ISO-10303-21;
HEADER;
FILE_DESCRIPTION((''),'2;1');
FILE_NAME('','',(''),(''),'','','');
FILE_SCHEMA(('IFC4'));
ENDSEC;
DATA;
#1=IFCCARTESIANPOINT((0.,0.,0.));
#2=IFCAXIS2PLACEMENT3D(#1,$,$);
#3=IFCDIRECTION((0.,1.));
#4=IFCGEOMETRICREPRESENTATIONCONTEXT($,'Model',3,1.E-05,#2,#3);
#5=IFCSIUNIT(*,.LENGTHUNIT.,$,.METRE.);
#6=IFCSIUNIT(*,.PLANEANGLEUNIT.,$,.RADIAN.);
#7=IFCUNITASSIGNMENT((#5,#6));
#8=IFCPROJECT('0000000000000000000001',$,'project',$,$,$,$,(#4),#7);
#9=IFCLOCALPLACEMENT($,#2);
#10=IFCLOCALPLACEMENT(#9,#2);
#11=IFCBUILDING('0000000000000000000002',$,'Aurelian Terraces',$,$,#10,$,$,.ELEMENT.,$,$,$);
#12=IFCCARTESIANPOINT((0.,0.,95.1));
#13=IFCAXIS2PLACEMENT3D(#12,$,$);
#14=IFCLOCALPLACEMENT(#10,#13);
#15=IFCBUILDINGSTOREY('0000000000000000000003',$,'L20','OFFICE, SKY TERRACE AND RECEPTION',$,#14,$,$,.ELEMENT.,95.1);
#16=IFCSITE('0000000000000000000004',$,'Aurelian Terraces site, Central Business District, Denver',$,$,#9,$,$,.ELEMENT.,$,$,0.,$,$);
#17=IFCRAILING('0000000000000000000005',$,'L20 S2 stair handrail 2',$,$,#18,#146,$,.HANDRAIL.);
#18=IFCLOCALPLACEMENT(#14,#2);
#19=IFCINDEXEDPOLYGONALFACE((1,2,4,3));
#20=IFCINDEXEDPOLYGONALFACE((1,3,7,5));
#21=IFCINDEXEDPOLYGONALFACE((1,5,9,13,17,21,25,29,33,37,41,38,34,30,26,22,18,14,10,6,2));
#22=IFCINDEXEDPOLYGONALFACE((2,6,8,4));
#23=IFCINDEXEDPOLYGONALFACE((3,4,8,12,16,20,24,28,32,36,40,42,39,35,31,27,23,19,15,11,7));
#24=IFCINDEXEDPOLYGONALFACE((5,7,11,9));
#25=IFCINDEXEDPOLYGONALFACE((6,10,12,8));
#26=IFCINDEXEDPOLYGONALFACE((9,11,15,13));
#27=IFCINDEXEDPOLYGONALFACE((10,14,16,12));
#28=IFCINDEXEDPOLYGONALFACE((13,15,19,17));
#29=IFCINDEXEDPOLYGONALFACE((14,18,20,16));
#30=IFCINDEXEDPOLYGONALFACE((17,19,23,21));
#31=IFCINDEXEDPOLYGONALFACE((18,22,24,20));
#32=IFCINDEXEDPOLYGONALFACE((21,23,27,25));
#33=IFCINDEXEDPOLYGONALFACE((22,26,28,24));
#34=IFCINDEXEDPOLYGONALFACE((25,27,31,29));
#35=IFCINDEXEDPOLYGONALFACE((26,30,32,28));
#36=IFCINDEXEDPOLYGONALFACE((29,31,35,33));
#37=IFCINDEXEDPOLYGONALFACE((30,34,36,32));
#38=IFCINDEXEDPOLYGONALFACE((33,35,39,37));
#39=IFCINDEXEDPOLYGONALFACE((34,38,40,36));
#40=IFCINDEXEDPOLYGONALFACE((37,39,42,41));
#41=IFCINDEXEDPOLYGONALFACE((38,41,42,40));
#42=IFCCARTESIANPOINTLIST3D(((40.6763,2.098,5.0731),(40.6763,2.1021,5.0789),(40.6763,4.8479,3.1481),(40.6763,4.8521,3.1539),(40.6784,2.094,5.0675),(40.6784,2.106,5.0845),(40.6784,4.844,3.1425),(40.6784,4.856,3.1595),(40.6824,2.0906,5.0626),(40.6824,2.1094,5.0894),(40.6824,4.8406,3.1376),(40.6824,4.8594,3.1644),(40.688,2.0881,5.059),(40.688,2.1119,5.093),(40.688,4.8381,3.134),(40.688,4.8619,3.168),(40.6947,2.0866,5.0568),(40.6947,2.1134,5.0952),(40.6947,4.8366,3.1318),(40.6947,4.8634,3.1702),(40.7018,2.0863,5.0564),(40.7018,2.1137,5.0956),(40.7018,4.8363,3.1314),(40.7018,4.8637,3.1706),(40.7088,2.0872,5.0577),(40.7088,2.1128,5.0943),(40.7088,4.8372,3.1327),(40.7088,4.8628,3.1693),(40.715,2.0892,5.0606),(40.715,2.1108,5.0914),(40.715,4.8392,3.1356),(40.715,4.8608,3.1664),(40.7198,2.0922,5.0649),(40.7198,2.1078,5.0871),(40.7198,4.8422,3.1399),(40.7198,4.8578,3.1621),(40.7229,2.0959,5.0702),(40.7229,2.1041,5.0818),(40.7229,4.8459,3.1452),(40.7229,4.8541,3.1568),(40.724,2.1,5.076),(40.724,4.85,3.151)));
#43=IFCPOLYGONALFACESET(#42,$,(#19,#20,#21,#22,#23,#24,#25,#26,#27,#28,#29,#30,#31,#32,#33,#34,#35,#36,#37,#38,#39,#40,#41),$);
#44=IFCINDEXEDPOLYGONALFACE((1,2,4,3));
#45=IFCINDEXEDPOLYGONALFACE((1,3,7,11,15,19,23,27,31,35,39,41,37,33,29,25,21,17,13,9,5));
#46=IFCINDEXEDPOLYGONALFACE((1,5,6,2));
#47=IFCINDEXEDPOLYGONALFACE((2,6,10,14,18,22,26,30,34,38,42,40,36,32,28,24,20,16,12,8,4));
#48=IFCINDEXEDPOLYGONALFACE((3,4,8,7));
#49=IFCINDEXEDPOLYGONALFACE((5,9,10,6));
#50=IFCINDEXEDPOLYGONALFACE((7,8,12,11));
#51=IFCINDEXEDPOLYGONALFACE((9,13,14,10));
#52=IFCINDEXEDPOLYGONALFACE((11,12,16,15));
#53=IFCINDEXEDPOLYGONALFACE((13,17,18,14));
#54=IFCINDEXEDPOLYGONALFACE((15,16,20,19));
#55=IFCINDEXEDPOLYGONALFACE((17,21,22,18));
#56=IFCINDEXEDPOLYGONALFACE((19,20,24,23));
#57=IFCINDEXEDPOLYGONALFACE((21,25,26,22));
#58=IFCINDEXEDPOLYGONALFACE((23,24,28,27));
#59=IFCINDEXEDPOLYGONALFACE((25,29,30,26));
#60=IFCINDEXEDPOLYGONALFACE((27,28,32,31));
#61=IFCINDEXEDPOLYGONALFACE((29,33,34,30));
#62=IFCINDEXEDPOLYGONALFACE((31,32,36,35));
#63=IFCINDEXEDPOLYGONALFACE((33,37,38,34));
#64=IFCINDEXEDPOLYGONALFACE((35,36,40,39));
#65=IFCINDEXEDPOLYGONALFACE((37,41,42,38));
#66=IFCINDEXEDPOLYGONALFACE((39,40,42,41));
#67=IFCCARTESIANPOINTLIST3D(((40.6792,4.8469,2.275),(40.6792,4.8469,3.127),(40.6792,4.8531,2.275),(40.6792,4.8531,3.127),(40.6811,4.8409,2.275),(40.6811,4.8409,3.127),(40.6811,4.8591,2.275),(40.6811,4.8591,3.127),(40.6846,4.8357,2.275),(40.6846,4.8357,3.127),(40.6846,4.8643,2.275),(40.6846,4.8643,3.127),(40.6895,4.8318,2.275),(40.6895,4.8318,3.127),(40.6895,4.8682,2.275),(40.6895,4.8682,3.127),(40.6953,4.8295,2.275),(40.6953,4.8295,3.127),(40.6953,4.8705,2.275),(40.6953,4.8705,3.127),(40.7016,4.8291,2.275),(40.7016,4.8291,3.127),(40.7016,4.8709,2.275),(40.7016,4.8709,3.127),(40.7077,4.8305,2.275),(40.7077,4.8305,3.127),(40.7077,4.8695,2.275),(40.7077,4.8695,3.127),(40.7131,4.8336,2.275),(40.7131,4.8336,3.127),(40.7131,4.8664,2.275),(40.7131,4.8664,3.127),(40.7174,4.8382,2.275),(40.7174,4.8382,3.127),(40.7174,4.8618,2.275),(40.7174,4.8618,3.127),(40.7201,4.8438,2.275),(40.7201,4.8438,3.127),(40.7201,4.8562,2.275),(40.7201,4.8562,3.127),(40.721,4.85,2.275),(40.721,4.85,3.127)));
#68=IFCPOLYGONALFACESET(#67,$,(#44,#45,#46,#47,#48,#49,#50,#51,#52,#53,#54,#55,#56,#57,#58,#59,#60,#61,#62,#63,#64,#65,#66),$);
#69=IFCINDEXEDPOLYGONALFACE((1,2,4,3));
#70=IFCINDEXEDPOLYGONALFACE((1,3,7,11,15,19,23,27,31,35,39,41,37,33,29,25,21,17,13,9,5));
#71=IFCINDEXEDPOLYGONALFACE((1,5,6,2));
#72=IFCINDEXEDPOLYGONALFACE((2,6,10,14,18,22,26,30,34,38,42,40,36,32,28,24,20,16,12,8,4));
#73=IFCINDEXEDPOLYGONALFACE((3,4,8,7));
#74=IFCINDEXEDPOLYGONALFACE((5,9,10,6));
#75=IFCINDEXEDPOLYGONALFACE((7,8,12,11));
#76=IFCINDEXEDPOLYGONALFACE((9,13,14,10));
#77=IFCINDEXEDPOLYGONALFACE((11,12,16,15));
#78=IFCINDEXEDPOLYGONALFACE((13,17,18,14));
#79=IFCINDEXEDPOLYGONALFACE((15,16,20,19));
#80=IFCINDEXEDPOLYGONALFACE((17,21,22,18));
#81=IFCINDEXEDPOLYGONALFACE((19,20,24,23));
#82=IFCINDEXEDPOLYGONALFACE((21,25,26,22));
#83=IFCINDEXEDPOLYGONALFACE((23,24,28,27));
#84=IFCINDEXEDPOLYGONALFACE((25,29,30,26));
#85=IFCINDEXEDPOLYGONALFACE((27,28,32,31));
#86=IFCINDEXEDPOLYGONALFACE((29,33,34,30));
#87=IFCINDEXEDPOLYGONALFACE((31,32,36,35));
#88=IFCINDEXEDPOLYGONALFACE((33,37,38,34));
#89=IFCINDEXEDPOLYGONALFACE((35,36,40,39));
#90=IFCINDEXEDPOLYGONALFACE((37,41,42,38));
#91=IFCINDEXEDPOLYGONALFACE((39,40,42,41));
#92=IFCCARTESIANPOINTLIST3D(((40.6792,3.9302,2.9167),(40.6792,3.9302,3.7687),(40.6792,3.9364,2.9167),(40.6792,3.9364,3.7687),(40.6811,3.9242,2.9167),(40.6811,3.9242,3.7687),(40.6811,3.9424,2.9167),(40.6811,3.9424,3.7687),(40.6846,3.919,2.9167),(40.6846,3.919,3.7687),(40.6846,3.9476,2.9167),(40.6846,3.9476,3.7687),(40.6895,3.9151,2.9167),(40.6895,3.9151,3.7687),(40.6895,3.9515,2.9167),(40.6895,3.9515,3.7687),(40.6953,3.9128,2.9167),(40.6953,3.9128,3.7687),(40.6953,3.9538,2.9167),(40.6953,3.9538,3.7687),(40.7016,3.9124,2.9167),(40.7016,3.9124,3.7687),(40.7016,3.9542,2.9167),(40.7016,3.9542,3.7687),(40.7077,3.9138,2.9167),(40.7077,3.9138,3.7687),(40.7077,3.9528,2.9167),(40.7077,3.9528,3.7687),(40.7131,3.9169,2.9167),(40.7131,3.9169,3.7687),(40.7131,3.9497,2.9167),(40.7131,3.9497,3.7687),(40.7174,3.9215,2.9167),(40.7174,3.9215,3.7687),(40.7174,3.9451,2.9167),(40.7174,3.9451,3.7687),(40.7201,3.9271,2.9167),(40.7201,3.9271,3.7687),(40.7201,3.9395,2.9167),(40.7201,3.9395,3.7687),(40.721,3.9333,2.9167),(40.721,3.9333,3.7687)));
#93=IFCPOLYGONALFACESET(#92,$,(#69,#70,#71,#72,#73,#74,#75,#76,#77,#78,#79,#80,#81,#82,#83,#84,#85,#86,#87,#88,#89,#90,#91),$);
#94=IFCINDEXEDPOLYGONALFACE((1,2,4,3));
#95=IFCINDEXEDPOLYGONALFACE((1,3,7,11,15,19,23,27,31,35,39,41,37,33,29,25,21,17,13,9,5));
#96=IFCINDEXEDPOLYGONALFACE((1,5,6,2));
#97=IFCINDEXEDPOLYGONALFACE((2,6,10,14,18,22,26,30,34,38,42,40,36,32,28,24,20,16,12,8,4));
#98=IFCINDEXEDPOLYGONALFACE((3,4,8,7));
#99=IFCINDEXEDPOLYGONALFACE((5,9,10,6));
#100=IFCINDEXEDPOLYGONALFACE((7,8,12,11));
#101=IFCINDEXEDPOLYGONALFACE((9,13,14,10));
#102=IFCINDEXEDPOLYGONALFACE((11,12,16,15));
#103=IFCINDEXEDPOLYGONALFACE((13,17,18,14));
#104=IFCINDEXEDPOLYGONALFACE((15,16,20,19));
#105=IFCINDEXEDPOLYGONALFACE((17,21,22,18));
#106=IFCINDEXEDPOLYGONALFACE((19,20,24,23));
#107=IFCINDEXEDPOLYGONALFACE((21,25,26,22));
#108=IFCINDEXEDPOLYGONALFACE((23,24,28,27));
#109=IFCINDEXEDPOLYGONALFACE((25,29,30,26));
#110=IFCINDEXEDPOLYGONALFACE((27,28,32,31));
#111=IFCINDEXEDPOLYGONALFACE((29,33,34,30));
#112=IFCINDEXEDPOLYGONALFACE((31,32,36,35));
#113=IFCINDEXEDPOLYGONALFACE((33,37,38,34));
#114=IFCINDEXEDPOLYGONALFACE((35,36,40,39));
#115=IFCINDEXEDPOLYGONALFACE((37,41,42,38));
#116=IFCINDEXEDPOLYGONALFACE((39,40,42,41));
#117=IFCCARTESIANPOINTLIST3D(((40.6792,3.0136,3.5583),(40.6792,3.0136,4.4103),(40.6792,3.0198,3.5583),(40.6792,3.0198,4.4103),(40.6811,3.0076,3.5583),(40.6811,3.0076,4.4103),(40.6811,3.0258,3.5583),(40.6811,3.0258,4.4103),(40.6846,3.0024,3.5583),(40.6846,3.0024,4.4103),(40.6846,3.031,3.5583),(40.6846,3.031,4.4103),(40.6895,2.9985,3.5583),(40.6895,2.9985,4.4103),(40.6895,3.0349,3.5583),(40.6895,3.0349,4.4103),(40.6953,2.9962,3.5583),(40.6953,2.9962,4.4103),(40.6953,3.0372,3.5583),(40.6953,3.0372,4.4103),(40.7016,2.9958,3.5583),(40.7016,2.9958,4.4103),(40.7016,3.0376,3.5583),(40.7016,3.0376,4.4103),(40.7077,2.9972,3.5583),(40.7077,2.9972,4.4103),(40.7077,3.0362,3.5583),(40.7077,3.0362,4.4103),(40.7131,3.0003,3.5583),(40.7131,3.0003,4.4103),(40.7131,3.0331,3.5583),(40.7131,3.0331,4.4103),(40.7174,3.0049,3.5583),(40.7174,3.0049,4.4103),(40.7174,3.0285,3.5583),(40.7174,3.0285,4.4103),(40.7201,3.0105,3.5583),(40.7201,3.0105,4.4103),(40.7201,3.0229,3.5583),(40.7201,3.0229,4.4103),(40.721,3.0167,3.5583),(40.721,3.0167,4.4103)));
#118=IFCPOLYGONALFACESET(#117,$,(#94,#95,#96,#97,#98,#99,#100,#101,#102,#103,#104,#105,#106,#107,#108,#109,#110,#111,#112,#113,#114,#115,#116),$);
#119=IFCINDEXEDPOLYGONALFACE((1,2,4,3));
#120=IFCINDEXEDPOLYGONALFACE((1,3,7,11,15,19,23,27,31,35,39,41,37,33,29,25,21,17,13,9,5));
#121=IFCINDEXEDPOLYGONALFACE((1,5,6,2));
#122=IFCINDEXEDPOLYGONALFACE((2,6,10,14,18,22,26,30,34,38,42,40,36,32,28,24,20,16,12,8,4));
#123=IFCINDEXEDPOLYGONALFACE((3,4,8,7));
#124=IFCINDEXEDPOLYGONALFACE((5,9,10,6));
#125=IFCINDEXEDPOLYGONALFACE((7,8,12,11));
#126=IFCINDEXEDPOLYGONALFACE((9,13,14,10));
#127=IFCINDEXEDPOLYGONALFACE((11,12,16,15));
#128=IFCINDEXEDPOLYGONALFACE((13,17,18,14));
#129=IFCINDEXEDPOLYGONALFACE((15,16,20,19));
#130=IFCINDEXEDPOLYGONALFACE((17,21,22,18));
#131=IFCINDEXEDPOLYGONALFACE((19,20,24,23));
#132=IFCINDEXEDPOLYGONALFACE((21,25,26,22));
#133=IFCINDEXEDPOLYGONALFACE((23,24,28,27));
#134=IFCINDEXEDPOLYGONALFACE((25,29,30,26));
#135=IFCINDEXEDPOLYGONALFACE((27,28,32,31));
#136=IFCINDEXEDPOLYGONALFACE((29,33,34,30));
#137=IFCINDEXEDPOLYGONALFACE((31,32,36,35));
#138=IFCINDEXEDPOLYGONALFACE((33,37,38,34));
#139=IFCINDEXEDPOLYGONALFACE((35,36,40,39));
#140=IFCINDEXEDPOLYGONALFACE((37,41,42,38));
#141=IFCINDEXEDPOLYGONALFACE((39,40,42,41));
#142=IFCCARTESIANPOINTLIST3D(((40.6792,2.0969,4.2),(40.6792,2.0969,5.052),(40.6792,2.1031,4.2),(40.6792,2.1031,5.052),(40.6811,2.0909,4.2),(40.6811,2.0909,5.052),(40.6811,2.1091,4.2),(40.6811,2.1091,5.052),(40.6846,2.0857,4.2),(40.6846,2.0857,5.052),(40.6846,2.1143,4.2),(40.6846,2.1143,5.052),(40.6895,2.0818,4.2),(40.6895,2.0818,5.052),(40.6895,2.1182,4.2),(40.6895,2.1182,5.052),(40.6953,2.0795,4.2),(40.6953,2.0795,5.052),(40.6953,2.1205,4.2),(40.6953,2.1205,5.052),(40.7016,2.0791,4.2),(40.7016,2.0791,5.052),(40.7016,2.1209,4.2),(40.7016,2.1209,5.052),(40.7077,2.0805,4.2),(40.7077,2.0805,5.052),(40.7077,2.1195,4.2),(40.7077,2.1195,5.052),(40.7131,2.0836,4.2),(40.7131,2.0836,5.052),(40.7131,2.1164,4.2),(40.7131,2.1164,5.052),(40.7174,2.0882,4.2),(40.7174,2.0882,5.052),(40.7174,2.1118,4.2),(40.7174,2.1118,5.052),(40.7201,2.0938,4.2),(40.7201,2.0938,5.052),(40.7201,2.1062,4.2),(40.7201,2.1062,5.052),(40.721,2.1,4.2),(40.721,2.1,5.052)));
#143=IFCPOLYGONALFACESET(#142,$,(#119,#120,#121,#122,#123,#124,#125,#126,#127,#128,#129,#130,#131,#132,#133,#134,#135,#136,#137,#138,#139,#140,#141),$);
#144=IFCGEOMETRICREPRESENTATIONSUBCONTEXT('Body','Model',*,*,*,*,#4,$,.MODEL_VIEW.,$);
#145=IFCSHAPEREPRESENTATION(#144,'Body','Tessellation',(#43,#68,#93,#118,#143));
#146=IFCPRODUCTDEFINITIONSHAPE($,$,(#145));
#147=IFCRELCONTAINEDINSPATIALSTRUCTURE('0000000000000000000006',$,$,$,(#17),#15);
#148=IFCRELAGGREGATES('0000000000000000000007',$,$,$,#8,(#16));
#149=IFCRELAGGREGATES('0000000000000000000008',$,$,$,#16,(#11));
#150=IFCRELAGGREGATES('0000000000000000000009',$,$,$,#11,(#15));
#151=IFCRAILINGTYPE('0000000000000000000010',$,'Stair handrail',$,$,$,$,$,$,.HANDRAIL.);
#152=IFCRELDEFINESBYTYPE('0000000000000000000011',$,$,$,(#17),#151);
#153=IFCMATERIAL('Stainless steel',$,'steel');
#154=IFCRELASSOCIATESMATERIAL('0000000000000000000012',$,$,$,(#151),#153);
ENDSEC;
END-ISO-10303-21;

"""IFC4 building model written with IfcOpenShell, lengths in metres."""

from ifc_helpers import new_model, si_unit, direction, frame, origin, origin_2d, place, context, subcontext, project, spatial, circle, extrude, source, transform, mapped, material, type_object, element, save


model = new_model("IFC4")

# Units and contexts
model_context = context("Model", 3, precision=1e-05, world=origin(), true_north=direction((0.0, 1.0)))
body_context = subcontext(model_context, "Body", "Model", "MODEL_VIEW")
ifc_project = project(units=[si_unit("LENGTHUNIT", "METRE"), si_unit("PLANEANGLEUNIT", "RADIAN")], contexts=[model_context])

# Site, building, storey
site_placement = place(None, origin())
site = spatial("IfcSite", under=ifc_project, at=site_placement, Name="Aurelian Terraces site, Central Business District, Denver", CompositionType="ELEMENT", RefElevation=0.0)
building_placement = place(site_placement, origin())
building = spatial("IfcBuilding", under=site, at=building_placement, Name="Aurelian Terraces", CompositionType="ELEMENT")
storey_placement = place(building_placement, frame((0.0, 0.0, 95.1)))
storey = spatial("IfcBuildingStorey", under=building, at=storey_placement, Name="L20", Description="OFFICE, SKY TERRACE AND RECEPTION", CompositionType="ELEMENT", Elevation=95.1)

# Railing
ifc_material_1 = material(Name="Stainless steel", Category="steel")
railing_type_1 = type_object("IfcRailingType", Name="Stair handrail", PredefinedType="HANDRAIL", material=ifc_material_1)
shared_shape_1 = source(origin(), body_context, "Body", "SweptSolid", [
    extrude(circle(Radius=0.024, at=origin_2d()), frame((0.0, 0.0, 0.876), z_axis=(0.0, -0.819232, 0.573462), x_axis=(1.0, 0.0, 0.0)), (0.0, 0.0, 1.0), 3.3568),
    extrude(circle(Radius=0.021, at=origin_2d()), origin(), (0.0, 0.0, 1.0), 0.852),
    extrude(circle(Radius=0.021, at=origin_2d()), frame((0.0, -0.9167, 0.6417)), (0.0, 0.0, 1.0), 0.852),
    extrude(circle(Radius=0.021, at=origin_2d()), frame((0.0, -1.8333, 1.2833)), (0.0, 0.0, 1.0), 0.852),
    extrude(circle(Radius=0.021, at=origin_2d()), frame((0.0, -2.75, 1.925)), (0.0, 0.0, 1.0), 0.852),
])
railing_1_placement = place(storey_placement, frame((40.7, 4.85, 2.275)))
element("IfcRailing", 1, at=railing_1_placement, inside=storey, type_object=railing_type_1, Name="L20 S2 stair handrail 2", PredefinedType="HANDRAIL", context=body_context, shape_type="MappedRepresentation", body=[
    mapped(shared_shape_1, transform((0.0, 0.0, 0.0), scale=1.0)),
])

save(model, "model.ifc")
